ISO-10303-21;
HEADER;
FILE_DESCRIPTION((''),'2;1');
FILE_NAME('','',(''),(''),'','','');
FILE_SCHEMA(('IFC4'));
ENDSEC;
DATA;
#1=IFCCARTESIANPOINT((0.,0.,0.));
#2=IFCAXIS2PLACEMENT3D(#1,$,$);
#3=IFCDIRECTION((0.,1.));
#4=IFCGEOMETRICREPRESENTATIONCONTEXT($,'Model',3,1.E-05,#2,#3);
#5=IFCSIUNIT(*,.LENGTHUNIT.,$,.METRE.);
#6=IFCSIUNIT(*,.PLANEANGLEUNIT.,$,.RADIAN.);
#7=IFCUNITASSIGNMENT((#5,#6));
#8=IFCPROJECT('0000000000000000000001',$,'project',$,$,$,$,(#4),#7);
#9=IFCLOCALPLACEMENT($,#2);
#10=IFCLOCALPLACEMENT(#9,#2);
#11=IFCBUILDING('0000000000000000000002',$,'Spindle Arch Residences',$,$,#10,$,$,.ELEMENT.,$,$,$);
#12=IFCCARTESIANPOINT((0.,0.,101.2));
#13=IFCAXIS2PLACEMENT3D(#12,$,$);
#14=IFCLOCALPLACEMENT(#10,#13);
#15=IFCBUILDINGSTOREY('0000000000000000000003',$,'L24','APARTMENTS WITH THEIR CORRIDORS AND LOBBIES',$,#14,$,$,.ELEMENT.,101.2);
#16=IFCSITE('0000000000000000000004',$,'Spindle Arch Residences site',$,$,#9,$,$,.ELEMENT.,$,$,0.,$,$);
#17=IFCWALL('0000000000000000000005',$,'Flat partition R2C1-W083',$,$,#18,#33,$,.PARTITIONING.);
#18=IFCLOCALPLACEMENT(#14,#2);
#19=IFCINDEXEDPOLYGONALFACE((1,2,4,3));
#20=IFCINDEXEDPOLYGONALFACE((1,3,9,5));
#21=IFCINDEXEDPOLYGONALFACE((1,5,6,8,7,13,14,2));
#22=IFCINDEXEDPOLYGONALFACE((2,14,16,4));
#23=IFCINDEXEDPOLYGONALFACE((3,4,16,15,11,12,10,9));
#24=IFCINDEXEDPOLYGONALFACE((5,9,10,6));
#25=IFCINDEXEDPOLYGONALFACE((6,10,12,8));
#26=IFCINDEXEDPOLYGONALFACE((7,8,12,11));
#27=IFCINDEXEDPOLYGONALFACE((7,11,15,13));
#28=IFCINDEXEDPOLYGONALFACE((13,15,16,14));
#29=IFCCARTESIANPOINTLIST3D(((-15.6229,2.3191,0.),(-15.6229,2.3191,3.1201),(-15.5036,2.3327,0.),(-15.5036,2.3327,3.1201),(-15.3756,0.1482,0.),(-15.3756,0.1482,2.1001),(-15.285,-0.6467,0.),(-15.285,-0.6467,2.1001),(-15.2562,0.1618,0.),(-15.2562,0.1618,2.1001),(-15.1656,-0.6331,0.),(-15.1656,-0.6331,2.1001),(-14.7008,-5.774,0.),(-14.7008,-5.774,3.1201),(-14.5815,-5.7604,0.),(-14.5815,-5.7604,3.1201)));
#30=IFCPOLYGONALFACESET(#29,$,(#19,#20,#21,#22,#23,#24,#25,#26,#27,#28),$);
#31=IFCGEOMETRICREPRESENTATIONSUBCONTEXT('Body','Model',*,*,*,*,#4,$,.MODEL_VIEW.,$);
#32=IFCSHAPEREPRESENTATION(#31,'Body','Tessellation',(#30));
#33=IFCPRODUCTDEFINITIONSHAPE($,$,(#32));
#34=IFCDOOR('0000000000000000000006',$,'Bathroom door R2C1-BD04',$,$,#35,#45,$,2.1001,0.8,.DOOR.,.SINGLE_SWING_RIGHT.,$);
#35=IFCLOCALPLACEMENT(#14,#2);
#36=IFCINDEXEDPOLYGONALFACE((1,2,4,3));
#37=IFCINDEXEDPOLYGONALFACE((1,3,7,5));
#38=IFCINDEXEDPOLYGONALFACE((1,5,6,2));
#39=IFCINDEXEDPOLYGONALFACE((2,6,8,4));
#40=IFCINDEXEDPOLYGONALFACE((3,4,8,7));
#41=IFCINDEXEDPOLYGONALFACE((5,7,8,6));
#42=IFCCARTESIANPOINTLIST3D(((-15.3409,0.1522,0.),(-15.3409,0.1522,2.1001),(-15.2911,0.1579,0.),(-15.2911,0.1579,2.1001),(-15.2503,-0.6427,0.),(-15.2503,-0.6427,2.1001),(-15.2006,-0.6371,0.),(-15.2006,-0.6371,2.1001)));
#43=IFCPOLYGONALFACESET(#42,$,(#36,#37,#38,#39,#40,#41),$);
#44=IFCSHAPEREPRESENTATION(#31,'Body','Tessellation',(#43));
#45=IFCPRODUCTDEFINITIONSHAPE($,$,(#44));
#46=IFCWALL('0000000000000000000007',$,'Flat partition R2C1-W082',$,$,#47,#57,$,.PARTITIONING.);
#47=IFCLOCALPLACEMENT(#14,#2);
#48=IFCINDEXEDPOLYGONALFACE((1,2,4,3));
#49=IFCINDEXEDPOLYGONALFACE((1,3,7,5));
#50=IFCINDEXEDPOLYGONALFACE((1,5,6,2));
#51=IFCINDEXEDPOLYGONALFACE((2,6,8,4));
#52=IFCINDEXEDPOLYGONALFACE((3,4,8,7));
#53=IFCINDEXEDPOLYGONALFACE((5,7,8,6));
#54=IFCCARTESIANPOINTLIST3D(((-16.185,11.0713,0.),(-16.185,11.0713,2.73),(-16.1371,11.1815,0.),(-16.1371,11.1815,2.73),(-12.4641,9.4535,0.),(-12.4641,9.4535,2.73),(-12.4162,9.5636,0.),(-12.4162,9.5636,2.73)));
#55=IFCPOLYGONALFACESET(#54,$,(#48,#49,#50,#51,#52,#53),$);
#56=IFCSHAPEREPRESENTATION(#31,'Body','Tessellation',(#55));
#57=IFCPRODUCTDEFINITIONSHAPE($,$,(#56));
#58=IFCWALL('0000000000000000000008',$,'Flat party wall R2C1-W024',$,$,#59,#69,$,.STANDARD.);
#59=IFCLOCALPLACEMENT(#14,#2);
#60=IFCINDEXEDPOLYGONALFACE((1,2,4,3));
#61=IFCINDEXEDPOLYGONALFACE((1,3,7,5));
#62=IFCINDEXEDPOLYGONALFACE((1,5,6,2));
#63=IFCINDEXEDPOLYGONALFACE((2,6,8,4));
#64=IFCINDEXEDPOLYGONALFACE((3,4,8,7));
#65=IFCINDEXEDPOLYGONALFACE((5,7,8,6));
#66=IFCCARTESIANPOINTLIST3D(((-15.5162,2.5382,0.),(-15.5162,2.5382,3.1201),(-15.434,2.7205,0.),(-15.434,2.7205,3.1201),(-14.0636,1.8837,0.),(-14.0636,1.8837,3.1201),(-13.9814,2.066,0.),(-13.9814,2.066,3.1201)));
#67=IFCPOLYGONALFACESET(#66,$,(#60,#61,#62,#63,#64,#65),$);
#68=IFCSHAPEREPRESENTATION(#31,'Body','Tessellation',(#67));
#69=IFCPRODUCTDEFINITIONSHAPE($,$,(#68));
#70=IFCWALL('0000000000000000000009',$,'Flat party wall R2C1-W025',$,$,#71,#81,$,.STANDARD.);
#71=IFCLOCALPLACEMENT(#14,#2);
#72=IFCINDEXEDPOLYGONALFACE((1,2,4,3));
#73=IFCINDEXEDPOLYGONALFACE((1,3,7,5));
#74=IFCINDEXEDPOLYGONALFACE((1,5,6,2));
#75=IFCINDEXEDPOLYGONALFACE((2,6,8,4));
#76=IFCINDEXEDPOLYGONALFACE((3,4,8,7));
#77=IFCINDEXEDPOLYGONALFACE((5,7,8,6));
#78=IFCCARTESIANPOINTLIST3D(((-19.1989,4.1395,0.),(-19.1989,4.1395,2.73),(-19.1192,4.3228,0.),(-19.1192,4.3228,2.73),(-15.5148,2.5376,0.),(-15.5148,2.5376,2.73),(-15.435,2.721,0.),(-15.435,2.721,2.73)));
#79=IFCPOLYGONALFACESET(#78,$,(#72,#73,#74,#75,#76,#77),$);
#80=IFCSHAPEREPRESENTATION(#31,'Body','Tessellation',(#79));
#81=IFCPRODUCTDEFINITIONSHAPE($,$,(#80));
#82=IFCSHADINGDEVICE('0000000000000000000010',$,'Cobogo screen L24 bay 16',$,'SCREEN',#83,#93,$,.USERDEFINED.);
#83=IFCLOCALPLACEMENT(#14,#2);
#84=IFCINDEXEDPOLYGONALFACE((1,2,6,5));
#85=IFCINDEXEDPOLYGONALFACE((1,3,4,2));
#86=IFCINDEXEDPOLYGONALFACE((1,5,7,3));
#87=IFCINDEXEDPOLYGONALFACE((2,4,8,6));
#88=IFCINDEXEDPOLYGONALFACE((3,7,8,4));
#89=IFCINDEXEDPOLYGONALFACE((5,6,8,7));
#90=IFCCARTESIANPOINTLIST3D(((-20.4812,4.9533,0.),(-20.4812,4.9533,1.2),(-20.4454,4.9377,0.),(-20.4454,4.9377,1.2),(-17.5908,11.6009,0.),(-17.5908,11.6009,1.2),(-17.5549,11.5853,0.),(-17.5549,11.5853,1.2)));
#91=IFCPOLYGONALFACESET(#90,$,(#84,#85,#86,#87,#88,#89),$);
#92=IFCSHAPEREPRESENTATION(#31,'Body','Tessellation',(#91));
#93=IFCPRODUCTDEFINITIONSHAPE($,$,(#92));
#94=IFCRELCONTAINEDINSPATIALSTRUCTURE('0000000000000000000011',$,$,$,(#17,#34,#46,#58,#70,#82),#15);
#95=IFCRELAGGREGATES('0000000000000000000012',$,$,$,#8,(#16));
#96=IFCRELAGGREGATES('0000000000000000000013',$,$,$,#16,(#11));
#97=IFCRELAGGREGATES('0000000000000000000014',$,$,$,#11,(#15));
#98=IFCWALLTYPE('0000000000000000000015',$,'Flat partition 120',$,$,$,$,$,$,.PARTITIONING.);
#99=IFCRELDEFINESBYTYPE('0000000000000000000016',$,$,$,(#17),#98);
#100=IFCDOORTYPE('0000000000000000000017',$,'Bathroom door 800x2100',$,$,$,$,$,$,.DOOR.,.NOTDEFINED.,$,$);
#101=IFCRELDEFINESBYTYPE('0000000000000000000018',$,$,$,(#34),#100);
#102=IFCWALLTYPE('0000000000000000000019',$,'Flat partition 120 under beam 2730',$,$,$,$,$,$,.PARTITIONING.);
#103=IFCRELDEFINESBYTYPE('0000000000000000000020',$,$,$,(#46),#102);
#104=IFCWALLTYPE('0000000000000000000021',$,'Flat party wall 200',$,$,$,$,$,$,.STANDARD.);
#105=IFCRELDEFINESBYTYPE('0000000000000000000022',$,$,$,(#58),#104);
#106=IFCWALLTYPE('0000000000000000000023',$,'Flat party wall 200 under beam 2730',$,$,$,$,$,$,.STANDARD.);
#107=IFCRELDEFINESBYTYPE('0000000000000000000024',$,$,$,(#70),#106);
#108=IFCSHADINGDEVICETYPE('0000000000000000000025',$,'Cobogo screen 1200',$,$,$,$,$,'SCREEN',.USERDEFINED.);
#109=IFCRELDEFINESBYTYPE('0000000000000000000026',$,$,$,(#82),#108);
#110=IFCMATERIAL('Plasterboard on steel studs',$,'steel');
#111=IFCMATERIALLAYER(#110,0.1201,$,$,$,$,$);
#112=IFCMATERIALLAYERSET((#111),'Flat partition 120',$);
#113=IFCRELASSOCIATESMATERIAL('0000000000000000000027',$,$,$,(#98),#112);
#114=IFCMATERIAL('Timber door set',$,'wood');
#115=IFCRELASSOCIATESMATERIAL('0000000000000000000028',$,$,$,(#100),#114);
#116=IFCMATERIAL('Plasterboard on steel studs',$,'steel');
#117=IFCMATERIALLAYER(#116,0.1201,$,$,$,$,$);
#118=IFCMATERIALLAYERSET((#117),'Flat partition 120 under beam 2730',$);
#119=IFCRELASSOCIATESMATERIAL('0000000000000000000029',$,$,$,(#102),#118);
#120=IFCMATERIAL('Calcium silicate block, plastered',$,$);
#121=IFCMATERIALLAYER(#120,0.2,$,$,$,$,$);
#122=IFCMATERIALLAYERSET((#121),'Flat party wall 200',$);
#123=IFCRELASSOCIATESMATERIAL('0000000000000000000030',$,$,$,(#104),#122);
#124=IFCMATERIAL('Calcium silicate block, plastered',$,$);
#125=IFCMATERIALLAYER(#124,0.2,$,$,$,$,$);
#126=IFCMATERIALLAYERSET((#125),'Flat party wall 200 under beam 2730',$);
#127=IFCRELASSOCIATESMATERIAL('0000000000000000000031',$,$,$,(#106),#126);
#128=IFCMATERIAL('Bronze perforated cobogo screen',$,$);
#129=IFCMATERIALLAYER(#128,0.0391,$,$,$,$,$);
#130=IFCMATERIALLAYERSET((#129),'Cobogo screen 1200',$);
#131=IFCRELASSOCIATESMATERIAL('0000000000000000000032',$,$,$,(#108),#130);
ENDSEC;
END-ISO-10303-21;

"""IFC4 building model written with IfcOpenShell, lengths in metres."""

from ifc_helpers import new_model, si_unit, direction, frame, frame_2d, origin, origin_2d, place, context, subcontext, project, spatial, rectangle, extrude, material, layer, layer_set, type_object, element, fill, save


model = new_model("IFC4")

# Units and contexts
model_context = context("Model", 3, precision=1e-05, world=origin(), true_north=direction((0.0, 1.0)))
body_context = subcontext(model_context, "Body", "Model", "MODEL_VIEW")
ifc_project = project(units=[si_unit("LENGTHUNIT", "METRE"), si_unit("PLANEANGLEUNIT", "RADIAN")], contexts=[model_context])

# Site, building, storey
site_placement = place(None, origin())
site = spatial("IfcSite", under=ifc_project, at=site_placement, Name="Spindle Arch Residences site", CompositionType="ELEMENT", RefElevation=0.0)
building_placement = place(site_placement, origin())
building = spatial("IfcBuilding", under=site, at=building_placement, Name="Spindle Arch Residences", CompositionType="ELEMENT")
storey_placement = place(building_placement, frame((0.0, 0.0, 101.2)))
storey = spatial("IfcBuildingStorey", under=building, at=storey_placement, Name="L24", Description="APARTMENTS WITH THEIR CORRIDORS AND LOBBIES", CompositionType="ELEMENT", Elevation=101.2)

# Shared definitions
ifc_material_1 = material(Name="Plasterboard on steel studs", Category="steel")
ifc_layer_1 = layer(ifc_material_1, 0.1201)
ifc_layer_set_1 = layer_set([ifc_layer_1], Name="Flat partition 120")
wall_type_1 = type_object("IfcWallType", Name="Flat partition 120", PredefinedType="PARTITIONING", material=ifc_layer_set_1)

# Wall, opening, door
wall_1_placement = place(storey_placement, frame((-15.5632, 2.3259, 0.0), z_axis=(0.0, 0.0, 1.0), x_axis=(0.113204, -0.993572, 0.0)))
wall_1 = element("IfcWall", 1, at=wall_1_placement, inside=storey, type_object=wall_type_1, Name="Flat partition R2C1-W083", PredefinedType="PARTITIONING", context=body_context, shape_type="SweptSolid", body=[
    extrude(rectangle(XDim=8.1455, YDim=0.1201, at=frame_2d((4.0728, 0.0))), origin(), (0.0, 0.0, 1.0), 3.1201),
])
opening_1_placement = place(wall_1_placement, frame((2.1851, 0.0, 0.0)))
opening_1 = element("IfcOpeningElement", 2, at=opening_1_placement, cuts=wall_1, PredefinedType="OPENING", context=body_context, shape_type="SweptSolid", body=[
    extrude(rectangle(XDim=0.8, YDim=2.1001, at=frame_2d((0.3999, 1.05))), frame((0.0, 0.0701, 0.0), z_axis=(0.0, -1.0, 0.0), x_axis=(1.0, 0.0, 0.0)), (0.0, 0.0, 1.0), 0.1401),
])
ifc_material_2 = material(Name="Timber door set", Category="wood")
door_type_1 = type_object("IfcDoorType", Name="Bathroom door 800x2100", OperationType="NOTDEFINED", PredefinedType="DOOR", material=ifc_material_2)
door_1_placement = place(opening_1_placement, origin())
door_1 = element("IfcDoor", 3, at=door_1_placement, inside=storey, type_object=door_type_1, Name="Bathroom door R2C1-BD04", OperationType="SINGLE_SWING_RIGHT", OverallHeight=2.1001, OverallWidth=0.8, PredefinedType="DOOR", context=body_context, shape_type="SweptSolid", body=[
    extrude(rectangle(XDim=0.8, YDim=2.1001, at=frame_2d((0.3999, 1.05))), frame((0.0, 0.0249, 0.0), z_axis=(0.0, -1.0, 0.0), x_axis=(1.0, 0.0, 0.0)), (0.0, 0.0, 1.0), 0.05),
])
fill(opening_1, door_1)

# Walls
ifc_material_3 = material(Name="Plasterboard on steel studs", Category="steel")
ifc_layer_2 = layer(ifc_material_3, 0.1201)
ifc_layer_set_2 = layer_set([ifc_layer_2], Name="Flat partition 120 under beam 2730")
wall_type_2 = type_object("IfcWallType", Name="Flat partition 120 under beam 2730", PredefinedType="PARTITIONING", material=ifc_layer_set_2)
wall_2_placement = place(storey_placement, frame((-16.1611, 11.1265, 0.0), z_axis=(0.0, 0.0, 1.0), x_axis=(0.91706, -0.39875, 0.0)))
element("IfcWall", 4, at=wall_2_placement, inside=storey, type_object=wall_type_2, Name="Flat partition R2C1-W082", PredefinedType="PARTITIONING", context=body_context, shape_type="SweptSolid", body=[
    extrude(rectangle(XDim=4.0574, YDim=0.1201, at=frame_2d((2.0288, 0.0))), origin(), (0.0, 0.0, 1.0), 2.73),
])
ifc_material_4 = material(Name="Calcium silicate block, plastered")
ifc_layer_3 = layer(ifc_material_4, 0.2)
ifc_layer_set_3 = layer_set([ifc_layer_3], Name="Flat party wall 200")
wall_type_3 = type_object("IfcWallType", Name="Flat party wall 200", PredefinedType="STANDARD", material=ifc_layer_set_3)
wall_3_placement = place(storey_placement, frame((-15.4751, 2.6294, 0.0), z_axis=(0.0, 0.0, 1.0), x_axis=(0.911721, -0.410811, 0.0)))
element("IfcWall", 5, at=wall_3_placement, inside=storey, type_object=wall_type_3, Name="Flat party wall R2C1-W024", PredefinedType="STANDARD", context=body_context, shape_type="SweptSolid", body=[
    extrude(rectangle(XDim=1.5933, YDim=0.2, at=frame_2d((0.7966, 0.0))), origin(), (0.0, 0.0, 1.0), 3.1201),
])
ifc_material_5 = material(Name="Calcium silicate block, plastered")
ifc_layer_4 = layer(ifc_material_5, 0.2)
ifc_layer_set_4 = layer_set([ifc_layer_4], Name="Flat party wall 200 under beam 2730")
wall_type_4 = type_object("IfcWallType", Name="Flat party wall 200 under beam 2730", PredefinedType="STANDARD", material=ifc_layer_set_4)
wall_4_placement = place(storey_placement, frame((-19.1592, 4.2312, 0.0), z_axis=(0.0, 0.0, 1.0), x_axis=(0.917067, -0.398733, 0.0)))
element("IfcWall", 6, at=wall_4_placement, inside=storey, type_object=wall_type_4, Name="Flat party wall R2C1-W025", PredefinedType="STANDARD", context=body_context, shape_type="SweptSolid", body=[
    extrude(rectangle(XDim=4.0173, YDim=0.2, at=frame_2d((2.0088, 0.0))), origin(), (0.0, 0.0, 1.0), 2.73),
])

# Shading device
ifc_material_6 = material(Name="Bronze perforated cobogo screen")
ifc_layer_5 = layer(ifc_material_6, 0.0391)
ifc_layer_set_5 = layer_set([ifc_layer_5], Name="Cobogo screen 1200")
shading_device_type = type_object("IfcShadingDeviceType", Name="Cobogo screen 1200", ElementType="SCREEN", PredefinedType="USERDEFINED", material=ifc_layer_set_5)
shading_device_placement = place(storey_placement, frame((-19.0181, 8.2693, 0.0), z_axis=(0.0, 0.0, 1.0), x_axis=(-0.398749, -0.91706, 0.0)))
element("IfcShadingDevice", 7, at=shading_device_placement, inside=storey, type_object=shading_device_type, Name="Cobogo screen L24 bay 16", ObjectType="SCREEN", PredefinedType="USERDEFINED", context=body_context, shape_type="SweptSolid", body=[
    extrude(rectangle(XDim=7.2488, YDim=0.0391, at=origin_2d()), origin(), (0.0, 0.0, 1.0), 1.2),
])

save(model, "model.ifc")
